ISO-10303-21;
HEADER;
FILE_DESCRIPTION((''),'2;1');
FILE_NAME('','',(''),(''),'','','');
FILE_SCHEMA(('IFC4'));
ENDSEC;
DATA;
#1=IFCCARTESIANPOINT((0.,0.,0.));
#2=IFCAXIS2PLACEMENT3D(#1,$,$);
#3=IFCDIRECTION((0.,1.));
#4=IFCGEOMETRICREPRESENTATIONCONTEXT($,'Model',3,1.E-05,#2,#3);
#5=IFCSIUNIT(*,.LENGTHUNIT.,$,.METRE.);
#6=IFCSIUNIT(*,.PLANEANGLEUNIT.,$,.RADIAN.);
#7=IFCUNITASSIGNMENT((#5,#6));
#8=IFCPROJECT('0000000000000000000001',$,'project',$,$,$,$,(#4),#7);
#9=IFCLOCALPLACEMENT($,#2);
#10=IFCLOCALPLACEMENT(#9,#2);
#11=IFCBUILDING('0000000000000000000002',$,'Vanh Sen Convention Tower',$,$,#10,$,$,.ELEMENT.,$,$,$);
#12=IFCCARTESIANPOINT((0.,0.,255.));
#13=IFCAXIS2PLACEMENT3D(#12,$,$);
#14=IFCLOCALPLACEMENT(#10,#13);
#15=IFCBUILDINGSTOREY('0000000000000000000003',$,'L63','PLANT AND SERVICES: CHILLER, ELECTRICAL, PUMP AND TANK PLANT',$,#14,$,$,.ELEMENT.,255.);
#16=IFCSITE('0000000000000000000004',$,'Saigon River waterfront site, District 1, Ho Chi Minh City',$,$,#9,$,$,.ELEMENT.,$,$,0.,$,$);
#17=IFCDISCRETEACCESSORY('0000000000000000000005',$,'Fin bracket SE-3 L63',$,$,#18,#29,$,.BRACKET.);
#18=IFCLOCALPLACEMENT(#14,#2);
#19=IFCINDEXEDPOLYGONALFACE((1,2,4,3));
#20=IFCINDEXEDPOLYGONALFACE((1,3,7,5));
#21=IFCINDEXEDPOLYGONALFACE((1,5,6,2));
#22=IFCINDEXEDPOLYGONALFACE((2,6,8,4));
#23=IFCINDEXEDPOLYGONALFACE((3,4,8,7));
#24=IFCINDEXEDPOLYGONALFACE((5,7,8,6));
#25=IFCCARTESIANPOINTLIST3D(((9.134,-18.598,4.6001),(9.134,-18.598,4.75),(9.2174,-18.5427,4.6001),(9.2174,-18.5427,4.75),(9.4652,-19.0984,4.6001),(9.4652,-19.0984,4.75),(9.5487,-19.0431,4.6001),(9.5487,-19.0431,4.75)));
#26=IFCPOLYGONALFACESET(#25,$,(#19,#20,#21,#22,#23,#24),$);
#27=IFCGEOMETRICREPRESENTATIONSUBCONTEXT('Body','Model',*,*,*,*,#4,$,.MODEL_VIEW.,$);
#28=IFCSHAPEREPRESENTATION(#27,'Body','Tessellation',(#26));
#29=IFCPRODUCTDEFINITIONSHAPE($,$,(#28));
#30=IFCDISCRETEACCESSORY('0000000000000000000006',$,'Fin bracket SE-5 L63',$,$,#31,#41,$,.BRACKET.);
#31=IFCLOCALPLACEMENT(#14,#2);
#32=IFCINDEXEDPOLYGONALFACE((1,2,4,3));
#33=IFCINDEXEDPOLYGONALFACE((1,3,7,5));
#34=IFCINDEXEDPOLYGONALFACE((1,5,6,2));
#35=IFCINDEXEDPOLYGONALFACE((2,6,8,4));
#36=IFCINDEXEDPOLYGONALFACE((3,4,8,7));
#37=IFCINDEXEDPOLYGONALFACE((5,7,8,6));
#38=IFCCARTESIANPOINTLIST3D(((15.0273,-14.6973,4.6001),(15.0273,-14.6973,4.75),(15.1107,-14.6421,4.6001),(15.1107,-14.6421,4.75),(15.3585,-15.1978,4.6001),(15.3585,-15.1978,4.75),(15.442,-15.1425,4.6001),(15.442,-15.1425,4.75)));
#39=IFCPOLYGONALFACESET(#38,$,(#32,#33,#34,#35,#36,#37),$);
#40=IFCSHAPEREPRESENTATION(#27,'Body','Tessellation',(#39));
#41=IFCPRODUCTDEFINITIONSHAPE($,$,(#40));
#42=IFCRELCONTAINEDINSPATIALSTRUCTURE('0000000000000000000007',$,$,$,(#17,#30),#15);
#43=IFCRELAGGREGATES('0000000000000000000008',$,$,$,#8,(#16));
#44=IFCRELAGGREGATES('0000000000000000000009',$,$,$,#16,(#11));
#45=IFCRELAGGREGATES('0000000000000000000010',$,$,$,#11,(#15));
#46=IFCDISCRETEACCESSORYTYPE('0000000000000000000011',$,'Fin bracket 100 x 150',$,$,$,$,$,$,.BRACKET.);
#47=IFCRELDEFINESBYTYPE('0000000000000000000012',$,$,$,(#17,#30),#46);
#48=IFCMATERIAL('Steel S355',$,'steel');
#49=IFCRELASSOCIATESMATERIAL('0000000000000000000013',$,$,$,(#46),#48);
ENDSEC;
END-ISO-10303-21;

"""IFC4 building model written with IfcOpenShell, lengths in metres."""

from ifc_helpers import new_model, si_unit, direction, frame, origin, origin_2d, place, context, subcontext, project, spatial, rectangle, extrude, material, type_object, element, save


model = new_model("IFC4")

# Units and contexts
model_context = context("Model", 3, precision=1e-05, world=origin(), true_north=direction((0.0, 1.0)))
body_context = subcontext(model_context, "Body", "Model", "MODEL_VIEW")
ifc_project = project(units=[si_unit("LENGTHUNIT", "METRE"), si_unit("PLANEANGLEUNIT", "RADIAN")], contexts=[model_context])

# Site, building, storey
site_placement = place(None, origin())
site = spatial("IfcSite", under=ifc_project, at=site_placement, Name="Saigon River waterfront site, District 1, Ho Chi Minh City", CompositionType="ELEMENT", RefElevation=0.0)
building_placement = place(site_placement, origin())
building = spatial("IfcBuilding", under=site, at=building_placement, Name="Vanh Sen Convention Tower", CompositionType="ELEMENT")
storey_placement = place(building_placement, frame((0.0, 0.0, 255.0)))
storey = spatial("IfcBuildingStorey", under=building, at=storey_placement, Name="L63", Description="PLANT AND SERVICES: CHILLER, ELECTRICAL, PUMP AND TANK PLANT", CompositionType="ELEMENT", Elevation=255.0)

# Discrete accessories
ifc_material_1 = material(Name="Steel S355", Category="steel")
discrete_accessory_type_1 = type_object("IfcDiscreteAccessoryType", Name="Fin bracket 100 x 150", PredefinedType="BRACKET", material=ifc_material_1)
for number, where, z_axis, x_axis, name in (
    (1, (9.3413, -18.8206, 4.6001), (0.0, 0.0, 1.0), (0.551937, -0.833886, 0.0), "Fin bracket SE-3 L63"),
    (2, (15.2346, -14.9199, 4.6001), (0.0, 0.0, 1.0), (0.551937, -0.833886, 0.0), "Fin bracket SE-5 L63"),
):
    element("IfcDiscreteAccessory", number, at=place(storey_placement, frame(where, z_axis=z_axis, x_axis=x_axis)), inside=storey, type_object=discrete_accessory_type_1, Name=name, PredefinedType="BRACKET", context=body_context, shape_type="SweptSolid", body=[
        extrude(rectangle(XDim=0.6001, YDim=0.1001, at=origin_2d()), origin(), (0.0, 0.0, 1.0), 0.1499),
    ])

save(model, "model.ifc")
